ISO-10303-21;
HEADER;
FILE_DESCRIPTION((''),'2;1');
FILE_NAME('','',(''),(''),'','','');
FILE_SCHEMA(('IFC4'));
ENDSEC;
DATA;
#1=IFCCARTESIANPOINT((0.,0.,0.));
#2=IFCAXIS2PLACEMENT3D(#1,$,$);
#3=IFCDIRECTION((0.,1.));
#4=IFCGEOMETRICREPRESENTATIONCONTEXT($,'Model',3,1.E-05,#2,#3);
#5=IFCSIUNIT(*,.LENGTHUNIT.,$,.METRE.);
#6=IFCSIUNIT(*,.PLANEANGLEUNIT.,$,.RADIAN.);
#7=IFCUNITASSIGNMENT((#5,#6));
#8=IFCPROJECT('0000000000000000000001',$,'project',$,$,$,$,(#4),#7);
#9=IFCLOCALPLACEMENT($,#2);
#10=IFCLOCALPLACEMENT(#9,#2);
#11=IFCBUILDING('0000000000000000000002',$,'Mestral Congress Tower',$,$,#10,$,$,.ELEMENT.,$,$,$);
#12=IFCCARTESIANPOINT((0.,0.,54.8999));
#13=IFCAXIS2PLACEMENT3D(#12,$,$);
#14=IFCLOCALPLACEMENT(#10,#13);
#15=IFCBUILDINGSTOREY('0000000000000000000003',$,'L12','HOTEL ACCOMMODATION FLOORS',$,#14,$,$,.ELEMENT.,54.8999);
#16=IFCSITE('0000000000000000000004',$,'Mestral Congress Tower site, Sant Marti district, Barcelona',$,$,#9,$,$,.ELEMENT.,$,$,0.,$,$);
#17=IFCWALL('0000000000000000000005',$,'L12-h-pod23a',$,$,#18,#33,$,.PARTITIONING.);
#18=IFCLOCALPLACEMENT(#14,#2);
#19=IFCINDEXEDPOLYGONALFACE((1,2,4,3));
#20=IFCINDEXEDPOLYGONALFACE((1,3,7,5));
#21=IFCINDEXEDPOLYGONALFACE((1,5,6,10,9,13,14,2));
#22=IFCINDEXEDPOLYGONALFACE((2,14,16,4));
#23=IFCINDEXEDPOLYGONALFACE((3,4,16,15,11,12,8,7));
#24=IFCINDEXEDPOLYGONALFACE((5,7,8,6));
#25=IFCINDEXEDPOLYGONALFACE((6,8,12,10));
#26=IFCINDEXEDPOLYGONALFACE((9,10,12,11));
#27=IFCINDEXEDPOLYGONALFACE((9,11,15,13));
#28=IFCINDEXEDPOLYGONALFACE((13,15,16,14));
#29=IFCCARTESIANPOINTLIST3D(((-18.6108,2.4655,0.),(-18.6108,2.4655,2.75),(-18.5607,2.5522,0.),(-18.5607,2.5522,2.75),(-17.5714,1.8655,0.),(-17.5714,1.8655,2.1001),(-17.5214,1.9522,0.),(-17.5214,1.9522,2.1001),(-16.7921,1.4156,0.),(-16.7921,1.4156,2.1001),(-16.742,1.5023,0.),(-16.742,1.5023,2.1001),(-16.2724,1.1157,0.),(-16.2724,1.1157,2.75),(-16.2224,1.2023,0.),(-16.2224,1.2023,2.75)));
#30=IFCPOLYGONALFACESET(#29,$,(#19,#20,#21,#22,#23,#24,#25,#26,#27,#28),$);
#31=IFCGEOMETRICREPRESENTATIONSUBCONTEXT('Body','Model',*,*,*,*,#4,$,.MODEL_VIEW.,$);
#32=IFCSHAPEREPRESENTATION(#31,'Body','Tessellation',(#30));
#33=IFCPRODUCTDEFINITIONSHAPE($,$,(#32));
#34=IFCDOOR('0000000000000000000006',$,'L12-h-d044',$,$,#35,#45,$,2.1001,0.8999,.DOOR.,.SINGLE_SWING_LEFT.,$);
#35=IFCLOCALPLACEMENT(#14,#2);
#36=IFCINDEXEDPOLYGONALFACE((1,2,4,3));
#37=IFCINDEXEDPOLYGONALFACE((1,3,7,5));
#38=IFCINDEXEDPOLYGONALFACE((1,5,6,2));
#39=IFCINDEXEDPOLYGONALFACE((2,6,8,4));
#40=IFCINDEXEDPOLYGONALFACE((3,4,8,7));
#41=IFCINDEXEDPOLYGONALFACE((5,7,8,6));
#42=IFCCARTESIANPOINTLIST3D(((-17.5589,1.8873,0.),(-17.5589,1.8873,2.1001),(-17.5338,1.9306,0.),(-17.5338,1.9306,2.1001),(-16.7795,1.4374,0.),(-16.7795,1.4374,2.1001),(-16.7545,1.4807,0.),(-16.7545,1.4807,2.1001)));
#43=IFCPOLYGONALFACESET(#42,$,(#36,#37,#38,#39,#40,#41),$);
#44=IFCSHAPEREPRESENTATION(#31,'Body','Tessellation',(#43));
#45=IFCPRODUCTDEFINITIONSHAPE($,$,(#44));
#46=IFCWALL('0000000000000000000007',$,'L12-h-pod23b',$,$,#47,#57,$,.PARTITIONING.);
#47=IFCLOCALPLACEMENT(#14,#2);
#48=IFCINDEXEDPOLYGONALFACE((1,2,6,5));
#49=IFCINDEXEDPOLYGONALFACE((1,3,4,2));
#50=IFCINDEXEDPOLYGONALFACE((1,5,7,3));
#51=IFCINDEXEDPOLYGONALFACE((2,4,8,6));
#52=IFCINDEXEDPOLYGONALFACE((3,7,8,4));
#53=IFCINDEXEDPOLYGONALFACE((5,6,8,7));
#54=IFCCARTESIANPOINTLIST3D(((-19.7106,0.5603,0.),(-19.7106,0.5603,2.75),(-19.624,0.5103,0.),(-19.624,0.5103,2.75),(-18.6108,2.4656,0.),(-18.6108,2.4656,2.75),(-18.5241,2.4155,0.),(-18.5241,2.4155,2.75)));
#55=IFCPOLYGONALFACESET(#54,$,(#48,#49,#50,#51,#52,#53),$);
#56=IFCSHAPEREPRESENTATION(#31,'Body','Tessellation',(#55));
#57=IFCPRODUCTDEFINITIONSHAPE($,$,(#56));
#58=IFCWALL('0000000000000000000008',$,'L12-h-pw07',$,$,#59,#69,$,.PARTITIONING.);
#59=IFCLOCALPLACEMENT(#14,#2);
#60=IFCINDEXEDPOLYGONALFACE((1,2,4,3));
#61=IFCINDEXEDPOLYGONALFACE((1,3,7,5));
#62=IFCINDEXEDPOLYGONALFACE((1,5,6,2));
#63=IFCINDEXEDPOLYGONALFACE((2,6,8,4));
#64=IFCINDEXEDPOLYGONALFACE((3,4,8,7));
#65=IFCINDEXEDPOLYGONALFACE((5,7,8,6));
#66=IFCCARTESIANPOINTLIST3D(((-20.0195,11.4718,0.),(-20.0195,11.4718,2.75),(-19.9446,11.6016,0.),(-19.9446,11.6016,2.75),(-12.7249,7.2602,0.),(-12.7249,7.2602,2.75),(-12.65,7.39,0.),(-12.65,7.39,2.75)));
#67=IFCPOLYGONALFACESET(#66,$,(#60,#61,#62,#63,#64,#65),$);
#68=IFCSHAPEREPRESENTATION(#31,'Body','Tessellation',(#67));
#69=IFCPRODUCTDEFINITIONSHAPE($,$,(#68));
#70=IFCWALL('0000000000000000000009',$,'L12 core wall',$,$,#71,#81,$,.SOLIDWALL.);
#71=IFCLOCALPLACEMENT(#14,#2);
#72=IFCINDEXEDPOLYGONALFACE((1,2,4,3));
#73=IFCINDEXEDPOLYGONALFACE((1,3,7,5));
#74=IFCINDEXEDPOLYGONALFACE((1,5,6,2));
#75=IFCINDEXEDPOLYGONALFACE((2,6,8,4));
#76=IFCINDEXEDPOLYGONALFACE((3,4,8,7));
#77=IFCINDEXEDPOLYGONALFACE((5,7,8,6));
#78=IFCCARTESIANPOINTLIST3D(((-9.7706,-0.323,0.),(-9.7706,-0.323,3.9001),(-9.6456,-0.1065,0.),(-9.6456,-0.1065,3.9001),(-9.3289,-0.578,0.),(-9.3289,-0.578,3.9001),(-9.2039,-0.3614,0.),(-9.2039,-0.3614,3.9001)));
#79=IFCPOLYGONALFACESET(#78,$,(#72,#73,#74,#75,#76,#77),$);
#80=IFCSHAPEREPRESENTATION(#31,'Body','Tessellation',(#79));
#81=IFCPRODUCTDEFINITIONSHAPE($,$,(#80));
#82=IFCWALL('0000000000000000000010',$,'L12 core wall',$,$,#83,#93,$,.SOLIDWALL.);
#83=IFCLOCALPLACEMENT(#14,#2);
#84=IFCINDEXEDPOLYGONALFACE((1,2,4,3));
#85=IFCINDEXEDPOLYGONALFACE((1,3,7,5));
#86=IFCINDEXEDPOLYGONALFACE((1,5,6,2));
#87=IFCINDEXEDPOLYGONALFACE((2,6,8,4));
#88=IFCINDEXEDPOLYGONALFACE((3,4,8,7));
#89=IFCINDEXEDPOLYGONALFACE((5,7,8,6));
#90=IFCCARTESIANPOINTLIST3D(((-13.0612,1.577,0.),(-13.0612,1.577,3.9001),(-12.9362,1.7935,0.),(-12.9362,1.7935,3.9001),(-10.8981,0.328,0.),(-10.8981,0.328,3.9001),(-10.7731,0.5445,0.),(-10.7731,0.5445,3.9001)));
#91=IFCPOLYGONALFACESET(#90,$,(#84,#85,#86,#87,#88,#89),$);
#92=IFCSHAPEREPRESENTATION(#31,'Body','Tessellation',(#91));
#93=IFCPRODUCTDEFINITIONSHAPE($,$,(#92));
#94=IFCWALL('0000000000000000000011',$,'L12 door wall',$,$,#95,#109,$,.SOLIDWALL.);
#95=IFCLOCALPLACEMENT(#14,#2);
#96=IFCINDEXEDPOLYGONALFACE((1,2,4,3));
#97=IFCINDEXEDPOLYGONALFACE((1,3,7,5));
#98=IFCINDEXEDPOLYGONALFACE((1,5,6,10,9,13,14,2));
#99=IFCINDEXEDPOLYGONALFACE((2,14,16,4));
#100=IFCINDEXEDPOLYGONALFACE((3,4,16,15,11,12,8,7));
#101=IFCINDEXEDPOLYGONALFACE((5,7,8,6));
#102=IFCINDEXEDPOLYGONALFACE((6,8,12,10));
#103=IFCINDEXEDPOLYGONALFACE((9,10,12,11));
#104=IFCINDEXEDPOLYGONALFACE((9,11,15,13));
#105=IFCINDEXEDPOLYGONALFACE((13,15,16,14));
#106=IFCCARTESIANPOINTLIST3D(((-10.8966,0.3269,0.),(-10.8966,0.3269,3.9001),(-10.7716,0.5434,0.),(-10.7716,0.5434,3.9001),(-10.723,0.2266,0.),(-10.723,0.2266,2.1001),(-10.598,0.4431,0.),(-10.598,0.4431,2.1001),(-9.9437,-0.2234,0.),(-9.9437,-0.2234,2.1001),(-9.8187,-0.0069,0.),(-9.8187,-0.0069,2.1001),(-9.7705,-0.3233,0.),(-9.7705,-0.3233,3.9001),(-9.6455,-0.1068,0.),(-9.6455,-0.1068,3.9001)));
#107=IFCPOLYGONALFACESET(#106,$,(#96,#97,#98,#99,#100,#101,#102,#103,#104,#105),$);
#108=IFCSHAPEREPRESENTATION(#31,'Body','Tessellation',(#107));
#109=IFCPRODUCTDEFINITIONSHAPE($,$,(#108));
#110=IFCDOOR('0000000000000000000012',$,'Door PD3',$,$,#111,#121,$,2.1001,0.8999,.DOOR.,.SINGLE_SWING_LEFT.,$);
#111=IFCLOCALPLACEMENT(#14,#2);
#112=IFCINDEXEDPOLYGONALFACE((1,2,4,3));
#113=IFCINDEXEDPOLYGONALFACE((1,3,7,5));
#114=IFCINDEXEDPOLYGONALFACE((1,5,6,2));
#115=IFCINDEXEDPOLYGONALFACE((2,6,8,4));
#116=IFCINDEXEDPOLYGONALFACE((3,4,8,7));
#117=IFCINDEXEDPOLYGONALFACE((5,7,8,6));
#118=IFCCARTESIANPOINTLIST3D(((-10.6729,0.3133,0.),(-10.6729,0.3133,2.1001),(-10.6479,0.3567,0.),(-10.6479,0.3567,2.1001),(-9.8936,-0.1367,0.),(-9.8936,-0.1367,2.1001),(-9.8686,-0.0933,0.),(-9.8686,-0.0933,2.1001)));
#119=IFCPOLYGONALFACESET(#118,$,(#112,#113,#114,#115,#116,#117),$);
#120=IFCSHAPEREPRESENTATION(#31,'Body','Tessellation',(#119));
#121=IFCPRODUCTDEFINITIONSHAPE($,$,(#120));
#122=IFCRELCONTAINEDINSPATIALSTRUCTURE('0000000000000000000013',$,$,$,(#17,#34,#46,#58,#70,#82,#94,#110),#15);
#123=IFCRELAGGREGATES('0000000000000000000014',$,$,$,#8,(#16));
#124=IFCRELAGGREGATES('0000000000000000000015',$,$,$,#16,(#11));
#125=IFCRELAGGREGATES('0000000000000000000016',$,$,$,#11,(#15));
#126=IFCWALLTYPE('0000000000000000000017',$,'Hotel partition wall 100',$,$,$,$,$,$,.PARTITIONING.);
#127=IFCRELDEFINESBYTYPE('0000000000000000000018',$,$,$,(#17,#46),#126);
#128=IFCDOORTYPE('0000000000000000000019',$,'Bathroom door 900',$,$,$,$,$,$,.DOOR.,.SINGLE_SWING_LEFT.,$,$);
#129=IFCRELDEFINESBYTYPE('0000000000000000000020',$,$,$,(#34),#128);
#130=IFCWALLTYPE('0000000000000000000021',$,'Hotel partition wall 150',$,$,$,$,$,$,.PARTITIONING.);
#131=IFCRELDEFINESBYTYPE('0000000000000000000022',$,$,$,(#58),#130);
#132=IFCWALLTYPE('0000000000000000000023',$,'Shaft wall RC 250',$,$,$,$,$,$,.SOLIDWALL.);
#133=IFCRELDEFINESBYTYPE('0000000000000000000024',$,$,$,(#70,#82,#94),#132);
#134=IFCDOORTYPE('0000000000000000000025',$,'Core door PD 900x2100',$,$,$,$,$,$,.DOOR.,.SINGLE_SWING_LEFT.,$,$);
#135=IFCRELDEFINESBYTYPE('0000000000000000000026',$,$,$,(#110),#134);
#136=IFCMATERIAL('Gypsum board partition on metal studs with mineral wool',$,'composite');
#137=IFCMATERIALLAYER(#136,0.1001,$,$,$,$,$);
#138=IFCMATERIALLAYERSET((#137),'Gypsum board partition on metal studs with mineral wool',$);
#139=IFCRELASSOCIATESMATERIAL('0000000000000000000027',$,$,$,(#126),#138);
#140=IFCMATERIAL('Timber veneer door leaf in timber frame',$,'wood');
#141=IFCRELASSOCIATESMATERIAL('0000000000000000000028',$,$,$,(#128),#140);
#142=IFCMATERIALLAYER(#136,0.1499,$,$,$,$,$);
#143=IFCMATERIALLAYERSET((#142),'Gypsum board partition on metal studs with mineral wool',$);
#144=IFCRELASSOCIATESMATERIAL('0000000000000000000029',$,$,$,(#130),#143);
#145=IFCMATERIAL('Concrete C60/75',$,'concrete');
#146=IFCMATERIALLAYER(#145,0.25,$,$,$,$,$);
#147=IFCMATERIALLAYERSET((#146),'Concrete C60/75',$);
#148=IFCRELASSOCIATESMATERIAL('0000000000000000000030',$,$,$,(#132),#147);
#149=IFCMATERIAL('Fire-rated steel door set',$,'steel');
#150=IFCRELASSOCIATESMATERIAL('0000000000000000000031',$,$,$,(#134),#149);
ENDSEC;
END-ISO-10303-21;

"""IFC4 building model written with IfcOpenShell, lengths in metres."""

from ifc_helpers import new_model, si_unit, direction, frame, frame_2d, origin, place, context, subcontext, project, spatial, rectangle, extrude, material, layer, layer_set, type_object, element, fill, save


model = new_model("IFC4")

# Units and contexts
model_context = context("Model", 3, precision=1e-05, world=origin(), true_north=direction((0.0, 1.0)))
body_context = subcontext(model_context, "Body", "Model", "MODEL_VIEW")
ifc_project = project(units=[si_unit("LENGTHUNIT", "METRE"), si_unit("PLANEANGLEUNIT", "RADIAN")], contexts=[model_context])

# Site, building, storey
site_placement = place(None, origin())
site = spatial("IfcSite", under=ifc_project, at=site_placement, Name="Mestral Congress Tower site, Sant Marti district, Barcelona", CompositionType="ELEMENT", RefElevation=0.0)
building_placement = place(site_placement, origin())
building = spatial("IfcBuilding", under=site, at=building_placement, Name="Mestral Congress Tower", CompositionType="ELEMENT")
storey_placement = place(building_placement, frame((0.0, 0.0, 54.8999)))
storey = spatial("IfcBuildingStorey", under=building, at=storey_placement, Name="L12", Description="HOTEL ACCOMMODATION FLOORS", CompositionType="ELEMENT", Elevation=54.8999)

# Shared definitions
ifc_material_1 = material(Name="Fire-rated steel door set", Category="steel")

# Shared definitions
ifc_material_2 = material(Name="Concrete C60/75", Category="concrete")

# Wall, opening, door
ifc_material_3 = material(Name="Gypsum board partition on metal studs with mineral wool", Category="composite")
ifc_layer_1 = layer(ifc_material_3, 0.1001)
ifc_layer_set_1 = layer_set([ifc_layer_1], Name="Gypsum board partition on metal studs with mineral wool")
wall_type_1 = type_object("IfcWallType", Name="Hotel partition wall 100", PredefinedType="PARTITIONING", material=ifc_layer_set_1)
wall_1_placement = place(storey_placement, frame((-16.2473, 1.1589, 0.0), z_axis=(0.0, 0.0, 1.0), x_axis=(-0.866059, 0.499942, 0.0)))
wall_1 = element("IfcWall", 1, at=wall_1_placement, inside=storey, type_object=wall_type_1, Name="L12-h-pod23a", PredefinedType="PARTITIONING", context=body_context, shape_type="SweptSolid", body=[
    extrude(rectangle(XDim=2.7, YDim=0.1001, at=frame_2d((1.3501, 0.0))), origin(), (0.0, 0.0, 1.0), 2.75),
])
opening_1_placement = place(wall_1_placement, frame((0.6001, 0.0, 0.0)))
opening_1 = element("IfcOpeningElement", 2, at=opening_1_placement, cuts=wall_1, PredefinedType="OPENING", context=body_context, shape_type="SweptSolid", body=[
    extrude(rectangle(XDim=0.8999, YDim=2.1001, at=frame_2d((0.45, 1.05))), frame((0.0, 0.0601, 0.0), z_axis=(0.0, -1.0, 0.0), x_axis=(1.0, 0.0, 0.0)), (0.0, 0.0, 1.0), 0.1201),
])
ifc_material_4 = material(Name="Timber veneer door leaf in timber frame", Category="wood")
door_type_1 = type_object("IfcDoorType", Name="Bathroom door 900", OperationType="SINGLE_SWING_LEFT", PredefinedType="DOOR", material=ifc_material_4)
door_1_placement = place(opening_1_placement, origin())
door_1 = element("IfcDoor", 3, at=door_1_placement, inside=storey, type_object=door_type_1, Name="L12-h-d044", OperationType="SINGLE_SWING_LEFT", OverallHeight=2.1001, OverallWidth=0.8999, PredefinedType="DOOR", context=body_context, shape_type="SweptSolid", body=[
    extrude(rectangle(XDim=0.8999, YDim=2.1001, at=frame_2d((0.45, 1.05))), frame((0.0, 0.0249, 0.0), z_axis=(0.0, -1.0, 0.0), x_axis=(1.0, 0.0, 0.0)), (0.0, 0.0, 1.0), 0.05),
])
fill(opening_1, door_1)

# Walls
wall_2_placement = place(storey_placement, frame((-18.5674, 2.4407, 0.0), z_axis=(0.0, 0.0, 1.0), x_axis=(-0.499947, -0.866056, 0.0)))
element("IfcWall", 4, at=wall_2_placement, inside=storey, type_object=wall_type_1, Name="L12-h-pod23b", PredefinedType="PARTITIONING", context=body_context, shape_type="SweptSolid", body=[
    extrude(rectangle(XDim=2.2, YDim=0.1001, at=frame_2d((1.1001, 0.0))), origin(), (0.0, 0.0, 1.0), 2.75),
])
ifc_layer_2 = layer(ifc_material_3, 0.1499)
ifc_layer_set_2 = layer_set([ifc_layer_2], Name="Gypsum board partition on metal studs with mineral wool")
wall_type_2 = type_object("IfcWallType", Name="Hotel partition wall 150", PredefinedType="PARTITIONING", material=ifc_layer_set_2)
wall_3_placement = place(storey_placement, frame((-19.9819, 11.5366, 0.0), z_axis=(0.0, 0.0, 1.0), x_axis=(0.866021, -0.500008, 0.0)))
element("IfcWall", 5, at=wall_3_placement, inside=storey, type_object=wall_type_2, Name="L12-h-pw07", PredefinedType="PARTITIONING", context=body_context, shape_type="SweptSolid", body=[
    extrude(rectangle(XDim=8.4231, YDim=0.1499, at=frame_2d((4.2114, 0.0))), origin(), (0.0, 0.0, 1.0), 2.75),
])
ifc_layer_3 = layer(ifc_material_2, 0.25)
ifc_layer_set_3 = layer_set([ifc_layer_3], Name="Concrete C60/75")
wall_type_3 = type_object("IfcWallType", Name="Shaft wall RC 250", PredefinedType="SOLIDWALL", material=ifc_layer_set_3)
wall_4_placement = place(storey_placement, frame((-9.708, -0.2148, 0.0), z_axis=(0.0, 0.0, 1.0), x_axis=(0.866114, -0.499847, 0.0)))
element("IfcWall", 6, at=wall_4_placement, inside=storey, type_object=wall_type_3, Name="L12 core wall", PredefinedType="SOLIDWALL", context=body_context, shape_type="SweptSolid", body=[
    extrude(rectangle(XDim=0.51, YDim=0.25, at=frame_2d((0.2549, 0.0))), origin(), (0.0, 0.0, 1.0), 3.9001),
])
wall_5_placement = place(storey_placement, frame((-12.9988, 1.6853, 0.0), z_axis=(0.0, 0.0, 1.0), x_axis=(0.865997, -0.50005, 0.0)))
element("IfcWall", 7, at=wall_5_placement, inside=storey, type_object=wall_type_3, Name="L12 core wall", PredefinedType="SOLIDWALL", context=body_context, shape_type="SweptSolid", body=[
    extrude(rectangle(XDim=2.4978, YDim=0.25, at=frame_2d((1.249, 0.0))), origin(), (0.0, 0.0, 1.0), 3.9001),
])

# Wall, opening, door
wall_6_placement = place(storey_placement, frame((-9.708, -0.2151, 0.0), z_axis=(0.0, 0.0, 1.0), x_axis=(-0.866004, 0.500037, 0.0)))
wall_6 = element("IfcWall", 8, at=wall_6_placement, inside=storey, type_object=wall_type_3, Name="L12 door wall", PredefinedType="SOLIDWALL", context=body_context, shape_type="SweptSolid", body=[
    extrude(rectangle(XDim=1.3003, YDim=0.25, at=frame_2d((0.6501, 0.0))), origin(), (0.0, 0.0, 1.0), 3.9001),
])
opening_2_placement = place(wall_6_placement, frame((0.2, 0.0, 0.0)))
opening_2 = element("IfcOpeningElement", 9, at=opening_2_placement, cuts=wall_6, PredefinedType="OPENING", context=body_context, shape_type="SweptSolid", body=[
    extrude(rectangle(XDim=0.8999, YDim=2.1001, at=frame_2d((0.45, 1.05))), frame((0.0, 0.135, 0.0), z_axis=(0.0, -1.0, 0.0), x_axis=(1.0, 0.0, 0.0)), (0.0, 0.0, 1.0), 0.27),
])
door_type_2 = type_object("IfcDoorType", Name="Core door PD 900x2100", OperationType="SINGLE_SWING_LEFT", PredefinedType="DOOR", material=ifc_material_1)
door_2_placement = place(opening_2_placement, origin())
door_2 = element("IfcDoor", 10, at=door_2_placement, inside=storey, type_object=door_type_2, Name="Door PD3", OperationType="SINGLE_SWING_LEFT", OverallHeight=2.1001, OverallWidth=0.8999, PredefinedType="DOOR", context=body_context, shape_type="SweptSolid", body=[
    extrude(rectangle(XDim=0.8999, YDim=2.1001, at=frame_2d((0.45, 1.05))), frame((0.0, 0.0249, 0.0), z_axis=(0.0, -1.0, 0.0), x_axis=(1.0, 0.0, 0.0)), (0.0, 0.0, 1.0), 0.05),
])
fill(opening_2, door_2)

save(model, "model.ifc")
